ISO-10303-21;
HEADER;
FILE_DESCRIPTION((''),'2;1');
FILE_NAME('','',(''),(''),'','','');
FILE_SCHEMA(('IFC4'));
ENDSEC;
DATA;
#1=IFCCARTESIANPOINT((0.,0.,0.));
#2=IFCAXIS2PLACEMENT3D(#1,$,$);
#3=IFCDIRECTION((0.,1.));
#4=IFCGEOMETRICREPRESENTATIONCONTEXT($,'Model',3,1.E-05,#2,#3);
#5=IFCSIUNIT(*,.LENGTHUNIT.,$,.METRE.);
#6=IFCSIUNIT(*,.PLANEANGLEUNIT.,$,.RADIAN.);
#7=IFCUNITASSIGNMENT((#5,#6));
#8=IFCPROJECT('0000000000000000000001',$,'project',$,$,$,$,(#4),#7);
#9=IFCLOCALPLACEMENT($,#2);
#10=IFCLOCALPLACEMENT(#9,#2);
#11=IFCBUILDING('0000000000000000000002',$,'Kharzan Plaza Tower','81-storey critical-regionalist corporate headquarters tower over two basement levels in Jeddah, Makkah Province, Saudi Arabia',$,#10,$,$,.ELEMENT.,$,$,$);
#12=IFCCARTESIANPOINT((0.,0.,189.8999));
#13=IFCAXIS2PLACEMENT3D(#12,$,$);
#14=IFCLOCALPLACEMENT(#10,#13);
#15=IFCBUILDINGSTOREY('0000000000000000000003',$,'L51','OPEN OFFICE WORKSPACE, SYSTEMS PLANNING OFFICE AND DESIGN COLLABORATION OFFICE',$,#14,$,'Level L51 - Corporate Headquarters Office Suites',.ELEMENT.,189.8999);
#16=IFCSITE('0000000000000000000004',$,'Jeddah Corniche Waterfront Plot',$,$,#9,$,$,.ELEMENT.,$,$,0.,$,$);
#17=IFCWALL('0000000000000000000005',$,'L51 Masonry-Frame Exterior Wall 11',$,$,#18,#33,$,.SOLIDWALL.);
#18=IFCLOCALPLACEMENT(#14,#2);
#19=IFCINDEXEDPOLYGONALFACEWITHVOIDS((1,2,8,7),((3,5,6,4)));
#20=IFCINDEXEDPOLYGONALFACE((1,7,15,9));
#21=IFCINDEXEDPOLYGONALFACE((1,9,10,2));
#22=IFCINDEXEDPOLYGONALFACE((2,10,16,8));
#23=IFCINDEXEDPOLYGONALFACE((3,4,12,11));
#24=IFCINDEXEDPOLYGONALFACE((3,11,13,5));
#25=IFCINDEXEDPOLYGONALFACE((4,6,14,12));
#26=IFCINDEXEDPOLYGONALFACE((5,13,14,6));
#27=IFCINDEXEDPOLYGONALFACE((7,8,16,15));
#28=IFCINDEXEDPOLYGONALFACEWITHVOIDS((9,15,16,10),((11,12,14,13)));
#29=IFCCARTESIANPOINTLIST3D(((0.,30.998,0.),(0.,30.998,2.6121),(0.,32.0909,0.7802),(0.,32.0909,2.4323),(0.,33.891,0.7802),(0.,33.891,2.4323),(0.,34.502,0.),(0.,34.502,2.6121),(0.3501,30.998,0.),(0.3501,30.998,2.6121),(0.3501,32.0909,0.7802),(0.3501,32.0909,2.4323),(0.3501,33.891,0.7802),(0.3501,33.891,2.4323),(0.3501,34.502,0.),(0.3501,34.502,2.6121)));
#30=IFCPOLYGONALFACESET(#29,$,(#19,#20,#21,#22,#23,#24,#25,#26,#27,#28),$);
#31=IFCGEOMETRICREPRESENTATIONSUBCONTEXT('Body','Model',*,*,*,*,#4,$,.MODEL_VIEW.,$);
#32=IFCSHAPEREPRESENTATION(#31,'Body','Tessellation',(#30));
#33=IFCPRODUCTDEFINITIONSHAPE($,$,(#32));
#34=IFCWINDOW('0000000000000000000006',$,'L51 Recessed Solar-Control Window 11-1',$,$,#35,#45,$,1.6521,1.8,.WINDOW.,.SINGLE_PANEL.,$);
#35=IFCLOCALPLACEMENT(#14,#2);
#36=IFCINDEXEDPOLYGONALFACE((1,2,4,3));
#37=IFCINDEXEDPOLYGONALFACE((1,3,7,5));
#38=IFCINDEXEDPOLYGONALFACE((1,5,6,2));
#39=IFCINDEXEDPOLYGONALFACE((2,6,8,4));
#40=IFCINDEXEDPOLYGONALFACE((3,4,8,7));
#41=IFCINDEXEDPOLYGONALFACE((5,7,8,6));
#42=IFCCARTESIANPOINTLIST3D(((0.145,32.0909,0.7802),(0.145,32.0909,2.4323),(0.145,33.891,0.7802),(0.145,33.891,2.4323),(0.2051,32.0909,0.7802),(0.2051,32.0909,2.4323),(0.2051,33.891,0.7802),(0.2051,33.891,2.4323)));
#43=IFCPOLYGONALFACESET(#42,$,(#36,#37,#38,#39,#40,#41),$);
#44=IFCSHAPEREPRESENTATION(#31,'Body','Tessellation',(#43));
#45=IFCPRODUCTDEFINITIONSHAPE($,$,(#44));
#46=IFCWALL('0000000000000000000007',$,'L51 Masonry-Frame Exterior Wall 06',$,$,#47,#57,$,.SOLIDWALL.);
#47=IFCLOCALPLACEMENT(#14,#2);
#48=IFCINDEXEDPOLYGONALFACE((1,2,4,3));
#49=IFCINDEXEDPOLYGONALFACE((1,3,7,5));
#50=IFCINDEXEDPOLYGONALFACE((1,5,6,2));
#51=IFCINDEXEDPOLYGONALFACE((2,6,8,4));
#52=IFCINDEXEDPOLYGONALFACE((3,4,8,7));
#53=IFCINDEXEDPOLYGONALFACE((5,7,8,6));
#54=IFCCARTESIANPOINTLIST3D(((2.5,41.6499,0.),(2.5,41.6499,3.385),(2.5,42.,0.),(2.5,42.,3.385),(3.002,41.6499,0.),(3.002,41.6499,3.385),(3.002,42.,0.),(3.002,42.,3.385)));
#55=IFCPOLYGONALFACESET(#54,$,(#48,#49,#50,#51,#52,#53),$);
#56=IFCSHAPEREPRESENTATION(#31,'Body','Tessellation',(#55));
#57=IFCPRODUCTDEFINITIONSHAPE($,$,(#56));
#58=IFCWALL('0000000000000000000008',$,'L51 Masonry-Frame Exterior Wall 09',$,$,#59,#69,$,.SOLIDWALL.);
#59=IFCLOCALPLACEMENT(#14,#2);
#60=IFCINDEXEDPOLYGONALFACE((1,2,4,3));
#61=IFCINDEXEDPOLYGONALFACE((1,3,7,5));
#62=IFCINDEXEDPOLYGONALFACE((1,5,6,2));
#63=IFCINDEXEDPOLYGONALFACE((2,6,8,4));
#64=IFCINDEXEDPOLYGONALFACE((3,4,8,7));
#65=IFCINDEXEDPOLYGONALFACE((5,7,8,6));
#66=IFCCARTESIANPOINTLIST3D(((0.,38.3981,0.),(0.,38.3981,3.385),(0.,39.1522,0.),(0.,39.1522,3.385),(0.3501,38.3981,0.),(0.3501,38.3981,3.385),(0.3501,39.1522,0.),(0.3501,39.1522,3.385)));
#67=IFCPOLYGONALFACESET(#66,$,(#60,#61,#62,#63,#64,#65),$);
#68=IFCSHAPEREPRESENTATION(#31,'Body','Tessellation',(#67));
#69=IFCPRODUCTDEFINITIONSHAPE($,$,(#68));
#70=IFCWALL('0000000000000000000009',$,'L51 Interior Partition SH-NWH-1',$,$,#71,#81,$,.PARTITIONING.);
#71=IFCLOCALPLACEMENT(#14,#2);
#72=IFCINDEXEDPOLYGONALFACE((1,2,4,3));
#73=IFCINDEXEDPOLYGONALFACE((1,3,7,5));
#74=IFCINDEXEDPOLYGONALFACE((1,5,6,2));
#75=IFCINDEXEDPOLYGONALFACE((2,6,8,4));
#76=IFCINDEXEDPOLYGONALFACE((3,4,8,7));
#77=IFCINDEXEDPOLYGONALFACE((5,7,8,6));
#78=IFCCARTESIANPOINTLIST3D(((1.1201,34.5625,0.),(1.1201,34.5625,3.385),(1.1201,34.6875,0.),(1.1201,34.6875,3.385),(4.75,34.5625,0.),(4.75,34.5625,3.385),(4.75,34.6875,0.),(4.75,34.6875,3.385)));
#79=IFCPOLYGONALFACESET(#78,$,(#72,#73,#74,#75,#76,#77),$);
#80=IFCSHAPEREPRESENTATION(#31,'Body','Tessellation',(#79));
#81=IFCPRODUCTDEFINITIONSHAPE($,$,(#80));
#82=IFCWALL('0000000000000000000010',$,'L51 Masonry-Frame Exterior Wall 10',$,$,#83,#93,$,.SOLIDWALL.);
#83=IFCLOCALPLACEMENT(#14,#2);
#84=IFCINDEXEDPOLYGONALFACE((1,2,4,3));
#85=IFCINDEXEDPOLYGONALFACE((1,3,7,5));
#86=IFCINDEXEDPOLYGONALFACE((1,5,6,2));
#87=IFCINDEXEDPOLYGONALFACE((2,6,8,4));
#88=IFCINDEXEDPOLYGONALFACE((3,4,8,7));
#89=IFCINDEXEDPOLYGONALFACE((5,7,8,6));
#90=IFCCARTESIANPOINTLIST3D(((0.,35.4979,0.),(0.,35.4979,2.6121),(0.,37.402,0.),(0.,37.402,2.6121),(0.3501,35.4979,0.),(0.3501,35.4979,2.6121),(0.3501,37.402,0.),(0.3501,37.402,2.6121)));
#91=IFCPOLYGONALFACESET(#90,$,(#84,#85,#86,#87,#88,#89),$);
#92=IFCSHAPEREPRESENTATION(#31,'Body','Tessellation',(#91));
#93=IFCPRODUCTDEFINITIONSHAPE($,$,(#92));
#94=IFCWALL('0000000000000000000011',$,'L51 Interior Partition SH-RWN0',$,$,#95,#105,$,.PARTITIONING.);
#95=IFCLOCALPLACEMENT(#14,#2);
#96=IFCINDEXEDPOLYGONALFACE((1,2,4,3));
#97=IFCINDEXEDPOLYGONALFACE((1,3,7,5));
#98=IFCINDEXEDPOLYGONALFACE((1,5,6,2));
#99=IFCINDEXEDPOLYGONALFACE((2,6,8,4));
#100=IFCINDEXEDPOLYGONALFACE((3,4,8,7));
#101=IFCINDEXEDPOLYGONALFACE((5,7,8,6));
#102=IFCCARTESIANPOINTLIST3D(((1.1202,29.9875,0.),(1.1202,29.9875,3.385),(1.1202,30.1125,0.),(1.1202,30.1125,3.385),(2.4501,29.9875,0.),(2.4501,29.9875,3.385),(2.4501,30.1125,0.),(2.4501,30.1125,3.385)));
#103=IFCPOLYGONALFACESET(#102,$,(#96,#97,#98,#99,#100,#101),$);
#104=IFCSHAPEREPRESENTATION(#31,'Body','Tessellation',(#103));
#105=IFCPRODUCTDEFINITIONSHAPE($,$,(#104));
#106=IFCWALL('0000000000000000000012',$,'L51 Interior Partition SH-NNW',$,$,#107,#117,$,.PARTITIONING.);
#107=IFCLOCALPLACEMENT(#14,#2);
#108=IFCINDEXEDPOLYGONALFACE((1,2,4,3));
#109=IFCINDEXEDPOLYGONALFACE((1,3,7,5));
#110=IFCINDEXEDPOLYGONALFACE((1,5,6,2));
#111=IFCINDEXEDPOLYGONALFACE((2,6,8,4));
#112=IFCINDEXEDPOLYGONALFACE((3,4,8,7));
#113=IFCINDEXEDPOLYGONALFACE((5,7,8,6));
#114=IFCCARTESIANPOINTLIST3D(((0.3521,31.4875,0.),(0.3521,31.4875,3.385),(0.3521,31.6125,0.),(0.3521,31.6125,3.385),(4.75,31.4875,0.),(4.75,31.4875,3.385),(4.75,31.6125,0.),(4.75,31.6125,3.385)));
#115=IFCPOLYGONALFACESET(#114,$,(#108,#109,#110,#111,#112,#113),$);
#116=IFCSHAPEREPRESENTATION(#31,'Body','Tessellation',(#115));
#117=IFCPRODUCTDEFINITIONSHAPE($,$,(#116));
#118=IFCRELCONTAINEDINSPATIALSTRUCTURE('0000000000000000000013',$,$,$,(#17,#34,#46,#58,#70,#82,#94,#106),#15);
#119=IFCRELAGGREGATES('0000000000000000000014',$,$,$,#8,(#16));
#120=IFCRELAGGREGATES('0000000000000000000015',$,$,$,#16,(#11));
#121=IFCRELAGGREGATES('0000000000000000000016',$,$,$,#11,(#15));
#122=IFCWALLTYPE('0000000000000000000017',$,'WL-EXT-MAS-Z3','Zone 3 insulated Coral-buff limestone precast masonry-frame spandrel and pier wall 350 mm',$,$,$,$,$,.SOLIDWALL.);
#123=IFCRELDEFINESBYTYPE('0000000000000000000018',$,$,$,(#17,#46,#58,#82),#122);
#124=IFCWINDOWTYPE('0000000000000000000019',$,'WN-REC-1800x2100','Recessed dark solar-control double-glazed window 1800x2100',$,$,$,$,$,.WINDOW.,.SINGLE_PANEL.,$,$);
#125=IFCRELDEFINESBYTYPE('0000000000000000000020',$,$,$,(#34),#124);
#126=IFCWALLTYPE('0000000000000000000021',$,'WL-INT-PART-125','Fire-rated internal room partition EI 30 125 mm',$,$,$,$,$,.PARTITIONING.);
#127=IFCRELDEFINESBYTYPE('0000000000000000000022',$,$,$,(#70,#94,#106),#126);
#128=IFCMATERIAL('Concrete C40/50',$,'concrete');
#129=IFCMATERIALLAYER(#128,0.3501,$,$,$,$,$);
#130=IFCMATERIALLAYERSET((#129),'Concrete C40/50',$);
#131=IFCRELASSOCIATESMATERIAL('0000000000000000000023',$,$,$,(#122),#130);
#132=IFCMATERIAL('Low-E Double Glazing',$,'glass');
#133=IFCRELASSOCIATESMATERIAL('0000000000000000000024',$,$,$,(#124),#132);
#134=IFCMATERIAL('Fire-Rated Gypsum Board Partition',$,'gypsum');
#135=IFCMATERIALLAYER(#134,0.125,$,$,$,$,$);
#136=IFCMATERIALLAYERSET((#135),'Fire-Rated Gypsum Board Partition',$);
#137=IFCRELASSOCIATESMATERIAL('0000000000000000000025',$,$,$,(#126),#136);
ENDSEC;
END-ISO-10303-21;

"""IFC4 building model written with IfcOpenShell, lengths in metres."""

from ifc_helpers import new_model, si_unit, direction, frame, frame_2d, origin, place, context, subcontext, project, spatial, rectangle, extrude, source, transform, mapped, material, layer, layer_set, type_object, element, fill, save


model = new_model("IFC4")

# Units and contexts
model_context = context("Model", 3, precision=1e-05, world=origin(), true_north=direction((0.0, 1.0)))
body_context = subcontext(model_context, "Body", "Model", "MODEL_VIEW")
ifc_project = project(units=[si_unit("LENGTHUNIT", "METRE"), si_unit("PLANEANGLEUNIT", "RADIAN")], contexts=[model_context])

# Site, building, storey
site_placement = place(None, origin())
site = spatial("IfcSite", under=ifc_project, at=site_placement, Name="Jeddah Corniche Waterfront Plot", CompositionType="ELEMENT", RefElevation=0.0)
building_placement = place(site_placement, origin())
building = spatial("IfcBuilding", under=site, at=building_placement, Name="Kharzan Plaza Tower", Description="81-storey critical-regionalist corporate headquarters tower over two basement levels in Jeddah, Makkah Province, Saudi Arabia", CompositionType="ELEMENT")
storey_placement = place(building_placement, frame((0.0, 0.0, 189.8999)))
storey = spatial("IfcBuildingStorey", under=building, at=storey_placement, Name="L51", Description="OPEN OFFICE WORKSPACE, SYSTEMS PLANNING OFFICE AND DESIGN COLLABORATION OFFICE", LongName="Level L51 - Corporate Headquarters Office Suites", CompositionType="ELEMENT", Elevation=189.8999)

# Wall, opening, window
ifc_material_1 = material(Name="Concrete C40/50", Category="concrete")
ifc_layer_1 = layer(ifc_material_1, 0.3501)
ifc_layer_set_1 = layer_set([ifc_layer_1], Name="Concrete C40/50")
wall_type_1 = type_object("IfcWallType", Name="WL-EXT-MAS-Z3", Description="Zone 3 insulated Coral-buff limestone precast masonry-frame spandrel and pier wall 350 mm", PredefinedType="SOLIDWALL", material=ifc_layer_set_1)
ifc_material_2 = material(Name="Low-E Double Glazing", Category="glass")
window_type_1 = type_object("IfcWindowType", Name="WN-REC-1800x2100", Description="Recessed dark solar-control double-glazed window 1800x2100", PartitioningType="SINGLE_PANEL", PredefinedType="WINDOW", material=ifc_material_2)
wall_1_placement = place(storey_placement, frame((0.175, 34.502, 0.0), z_axis=(0.0, 0.0, 1.0), x_axis=(0.0, -1.0, 0.0)))
wall_1 = element("IfcWall", 1, at=wall_1_placement, inside=storey, type_object=wall_type_1, Name="L51 Masonry-Frame Exterior Wall 11", PredefinedType="SOLIDWALL", context=body_context, shape_type="SweptSolid", body=[
    extrude(rectangle(XDim=3.5039, YDim=0.3501, at=frame_2d((1.752, 0.0))), origin(), (0.0, 0.0, 1.0), 2.6121),
])
opening_1_placement = place(wall_1_placement, frame((0.6111, 0.0, 0.78)))
opening_1 = element("IfcOpeningElement", 2, at=opening_1_placement, cuts=wall_1, PredefinedType="OPENING", context=body_context, shape_type="SweptSolid", body=[
    extrude(rectangle(XDim=1.8, YDim=1.6521, at=frame_2d((0.8999, 0.8262))), frame((0.0, 0.1851, 0.0), z_axis=(0.0, -1.0, 0.0), x_axis=(1.0, 0.0, 0.0)), (0.0, 0.0, 1.0), 0.3701),
])
shared_shape_1 = source(origin(), body_context, "Body", "SweptSolid", [
    extrude(rectangle(XDim=1.8, YDim=1.6521, at=frame_2d((0.8999, 0.8262))), frame((0.0, 0.03, 0.0), z_axis=(0.0, -1.0, 0.0), x_axis=(1.0, 0.0, 0.0)), (0.0, 0.0, 1.0), 0.0601),
])
window_1_placement = place(opening_1_placement, origin())
window_1 = element("IfcWindow", 3, at=window_1_placement, inside=storey, type_object=window_type_1, Name="L51 Recessed Solar-Control Window 11-1", OverallHeight=1.6521, OverallWidth=1.8, PartitioningType="SINGLE_PANEL", PredefinedType="WINDOW", context=body_context, shape_type="MappedRepresentation", body=[
    mapped(shared_shape_1, transform((0.0, 0.0, 0.0), x_axis=(1.0, 0.0, 0.0), y_axis=(0.0, 1.0, 0.0), z_axis=(0.0, 0.0, 1.0))),
])
fill(opening_1, window_1)

# Walls
shared_shape_2 = source(origin(), body_context, "Body", "SweptSolid", [
    extrude(rectangle(XDim=0.502, YDim=0.3501, at=frame_2d((0.251, 0.0))), origin(), (0.0, 0.0, 1.0), 3.385),
])
wall_2_placement = place(storey_placement, frame((3.002, 41.825, 0.0), z_axis=(0.0, 0.0, 1.0), x_axis=(-1.0, 0.0, 0.0)))
element("IfcWall", 4, at=wall_2_placement, inside=storey, type_object=wall_type_1, Name="L51 Masonry-Frame Exterior Wall 06", PredefinedType="SOLIDWALL", context=body_context, shape_type="MappedRepresentation", body=[
    mapped(shared_shape_2, transform((0.0, 0.0, 0.0), x_axis=(1.0, 0.0, 0.0), y_axis=(0.0, 1.0, 0.0), z_axis=(0.0, 0.0, 1.0))),
])
shared_shape_3 = source(origin(), body_context, "Body", "SweptSolid", [
    extrude(rectangle(XDim=0.7542, YDim=0.3501, at=frame_2d((0.377, 0.0))), origin(), (0.0, 0.0, 1.0), 3.385),
])
wall_3_placement = place(storey_placement, frame((0.175, 39.1521, 0.0), z_axis=(0.0, 0.0, 1.0), x_axis=(0.0, -1.0, 0.0)))
element("IfcWall", 5, at=wall_3_placement, inside=storey, type_object=wall_type_1, Name="L51 Masonry-Frame Exterior Wall 09", PredefinedType="SOLIDWALL", context=body_context, shape_type="MappedRepresentation", body=[
    mapped(shared_shape_3, transform((0.0, 0.0, 0.0), x_axis=(1.0, 0.0, 0.0), y_axis=(0.0, 1.0, 0.0), z_axis=(0.0, 0.0, 1.0))),
])
ifc_material_3 = material(Name="Fire-Rated Gypsum Board Partition", Category="gypsum")
ifc_layer_2 = layer(ifc_material_3, 0.125)
ifc_layer_set_2 = layer_set([ifc_layer_2], Name="Fire-Rated Gypsum Board Partition")
wall_type_2 = type_object("IfcWallType", Name="WL-INT-PART-125", Description="Fire-rated internal room partition EI 30 125 mm", PredefinedType="PARTITIONING", material=ifc_layer_set_2)
shared_shape_4 = source(origin(), body_context, "Body", "SweptSolid", [
    extrude(rectangle(XDim=3.6299, YDim=0.125, at=frame_2d((1.8149, 0.0))), origin(), (0.0, 0.0, 1.0), 3.385),
])
wall_4_placement = place(storey_placement, frame((1.1201, 34.625, 0.0), z_axis=(0.0, 0.0, 1.0), x_axis=(1.0, 0.0, 0.0)))
element("IfcWall", 6, at=wall_4_placement, inside=storey, type_object=wall_type_2, Name="L51 Interior Partition SH-NWH-1", PredefinedType="PARTITIONING", context=body_context, shape_type="MappedRepresentation", body=[
    mapped(shared_shape_4, transform((0.0, 0.0, 0.0), x_axis=(1.0, 0.0, 0.0), y_axis=(0.0, 1.0, 0.0), z_axis=(0.0, 0.0, 1.0))),
])
shared_shape_5 = source(origin(), body_context, "Body", "SweptSolid", [
    extrude(rectangle(XDim=1.9041, YDim=0.3501, at=frame_2d((0.9521, 0.0))), origin(), (0.0, 0.0, 1.0), 2.6121),
])
wall_5_placement = place(storey_placement, frame((0.175, 37.4021, 0.0), z_axis=(0.0, 0.0, 1.0), x_axis=(0.0, -1.0, 0.0)))
element("IfcWall", 7, at=wall_5_placement, inside=storey, type_object=wall_type_1, Name="L51 Masonry-Frame Exterior Wall 10", PredefinedType="SOLIDWALL", context=body_context, shape_type="MappedRepresentation", body=[
    mapped(shared_shape_5, transform((0.0, 0.0, 0.0), x_axis=(1.0, 0.0, 0.0), y_axis=(0.0, 1.0, 0.0), z_axis=(0.0, 0.0, 1.0))),
])
shared_shape_6 = source(origin(), body_context, "Body", "SweptSolid", [
    extrude(rectangle(XDim=1.3298, YDim=0.125, at=frame_2d((0.665, 0.0))), origin(), (0.0, 0.0, 1.0), 3.385),
])
wall_6_placement = place(storey_placement, frame((1.1201, 30.05, 0.0), z_axis=(0.0, 0.0, 1.0), x_axis=(1.0, 0.0, 0.0)))
element("IfcWall", 8, at=wall_6_placement, inside=storey, type_object=wall_type_2, Name="L51 Interior Partition SH-RWN0", PredefinedType="PARTITIONING", context=body_context, shape_type="MappedRepresentation", body=[
    mapped(shared_shape_6, transform((0.0, 0.0, 0.0), x_axis=(1.0, 0.0, 0.0), y_axis=(0.0, 1.0, 0.0), z_axis=(0.0, 0.0, 1.0))),
])
shared_shape_7 = source(origin(), body_context, "Body", "SweptSolid", [
    extrude(rectangle(XDim=4.3979, YDim=0.125, at=frame_2d((2.199, 0.0))), origin(), (0.0, 0.0, 1.0), 3.385),
])
wall_7_placement = place(storey_placement, frame((0.3521, 31.55, 0.0), z_axis=(0.0, 0.0, 1.0), x_axis=(1.0, 0.0, 0.0)))
element("IfcWall", 9, at=wall_7_placement, inside=storey, type_object=wall_type_2, Name="L51 Interior Partition SH-NNW", PredefinedType="PARTITIONING", context=body_context, shape_type="MappedRepresentation", body=[
    mapped(shared_shape_7, transform((0.0, 0.0, 0.0), x_axis=(1.0, 0.0, 0.0), y_axis=(0.0, 1.0, 0.0), z_axis=(0.0, 0.0, 1.0))),
])

save(model, "model.ifc")
